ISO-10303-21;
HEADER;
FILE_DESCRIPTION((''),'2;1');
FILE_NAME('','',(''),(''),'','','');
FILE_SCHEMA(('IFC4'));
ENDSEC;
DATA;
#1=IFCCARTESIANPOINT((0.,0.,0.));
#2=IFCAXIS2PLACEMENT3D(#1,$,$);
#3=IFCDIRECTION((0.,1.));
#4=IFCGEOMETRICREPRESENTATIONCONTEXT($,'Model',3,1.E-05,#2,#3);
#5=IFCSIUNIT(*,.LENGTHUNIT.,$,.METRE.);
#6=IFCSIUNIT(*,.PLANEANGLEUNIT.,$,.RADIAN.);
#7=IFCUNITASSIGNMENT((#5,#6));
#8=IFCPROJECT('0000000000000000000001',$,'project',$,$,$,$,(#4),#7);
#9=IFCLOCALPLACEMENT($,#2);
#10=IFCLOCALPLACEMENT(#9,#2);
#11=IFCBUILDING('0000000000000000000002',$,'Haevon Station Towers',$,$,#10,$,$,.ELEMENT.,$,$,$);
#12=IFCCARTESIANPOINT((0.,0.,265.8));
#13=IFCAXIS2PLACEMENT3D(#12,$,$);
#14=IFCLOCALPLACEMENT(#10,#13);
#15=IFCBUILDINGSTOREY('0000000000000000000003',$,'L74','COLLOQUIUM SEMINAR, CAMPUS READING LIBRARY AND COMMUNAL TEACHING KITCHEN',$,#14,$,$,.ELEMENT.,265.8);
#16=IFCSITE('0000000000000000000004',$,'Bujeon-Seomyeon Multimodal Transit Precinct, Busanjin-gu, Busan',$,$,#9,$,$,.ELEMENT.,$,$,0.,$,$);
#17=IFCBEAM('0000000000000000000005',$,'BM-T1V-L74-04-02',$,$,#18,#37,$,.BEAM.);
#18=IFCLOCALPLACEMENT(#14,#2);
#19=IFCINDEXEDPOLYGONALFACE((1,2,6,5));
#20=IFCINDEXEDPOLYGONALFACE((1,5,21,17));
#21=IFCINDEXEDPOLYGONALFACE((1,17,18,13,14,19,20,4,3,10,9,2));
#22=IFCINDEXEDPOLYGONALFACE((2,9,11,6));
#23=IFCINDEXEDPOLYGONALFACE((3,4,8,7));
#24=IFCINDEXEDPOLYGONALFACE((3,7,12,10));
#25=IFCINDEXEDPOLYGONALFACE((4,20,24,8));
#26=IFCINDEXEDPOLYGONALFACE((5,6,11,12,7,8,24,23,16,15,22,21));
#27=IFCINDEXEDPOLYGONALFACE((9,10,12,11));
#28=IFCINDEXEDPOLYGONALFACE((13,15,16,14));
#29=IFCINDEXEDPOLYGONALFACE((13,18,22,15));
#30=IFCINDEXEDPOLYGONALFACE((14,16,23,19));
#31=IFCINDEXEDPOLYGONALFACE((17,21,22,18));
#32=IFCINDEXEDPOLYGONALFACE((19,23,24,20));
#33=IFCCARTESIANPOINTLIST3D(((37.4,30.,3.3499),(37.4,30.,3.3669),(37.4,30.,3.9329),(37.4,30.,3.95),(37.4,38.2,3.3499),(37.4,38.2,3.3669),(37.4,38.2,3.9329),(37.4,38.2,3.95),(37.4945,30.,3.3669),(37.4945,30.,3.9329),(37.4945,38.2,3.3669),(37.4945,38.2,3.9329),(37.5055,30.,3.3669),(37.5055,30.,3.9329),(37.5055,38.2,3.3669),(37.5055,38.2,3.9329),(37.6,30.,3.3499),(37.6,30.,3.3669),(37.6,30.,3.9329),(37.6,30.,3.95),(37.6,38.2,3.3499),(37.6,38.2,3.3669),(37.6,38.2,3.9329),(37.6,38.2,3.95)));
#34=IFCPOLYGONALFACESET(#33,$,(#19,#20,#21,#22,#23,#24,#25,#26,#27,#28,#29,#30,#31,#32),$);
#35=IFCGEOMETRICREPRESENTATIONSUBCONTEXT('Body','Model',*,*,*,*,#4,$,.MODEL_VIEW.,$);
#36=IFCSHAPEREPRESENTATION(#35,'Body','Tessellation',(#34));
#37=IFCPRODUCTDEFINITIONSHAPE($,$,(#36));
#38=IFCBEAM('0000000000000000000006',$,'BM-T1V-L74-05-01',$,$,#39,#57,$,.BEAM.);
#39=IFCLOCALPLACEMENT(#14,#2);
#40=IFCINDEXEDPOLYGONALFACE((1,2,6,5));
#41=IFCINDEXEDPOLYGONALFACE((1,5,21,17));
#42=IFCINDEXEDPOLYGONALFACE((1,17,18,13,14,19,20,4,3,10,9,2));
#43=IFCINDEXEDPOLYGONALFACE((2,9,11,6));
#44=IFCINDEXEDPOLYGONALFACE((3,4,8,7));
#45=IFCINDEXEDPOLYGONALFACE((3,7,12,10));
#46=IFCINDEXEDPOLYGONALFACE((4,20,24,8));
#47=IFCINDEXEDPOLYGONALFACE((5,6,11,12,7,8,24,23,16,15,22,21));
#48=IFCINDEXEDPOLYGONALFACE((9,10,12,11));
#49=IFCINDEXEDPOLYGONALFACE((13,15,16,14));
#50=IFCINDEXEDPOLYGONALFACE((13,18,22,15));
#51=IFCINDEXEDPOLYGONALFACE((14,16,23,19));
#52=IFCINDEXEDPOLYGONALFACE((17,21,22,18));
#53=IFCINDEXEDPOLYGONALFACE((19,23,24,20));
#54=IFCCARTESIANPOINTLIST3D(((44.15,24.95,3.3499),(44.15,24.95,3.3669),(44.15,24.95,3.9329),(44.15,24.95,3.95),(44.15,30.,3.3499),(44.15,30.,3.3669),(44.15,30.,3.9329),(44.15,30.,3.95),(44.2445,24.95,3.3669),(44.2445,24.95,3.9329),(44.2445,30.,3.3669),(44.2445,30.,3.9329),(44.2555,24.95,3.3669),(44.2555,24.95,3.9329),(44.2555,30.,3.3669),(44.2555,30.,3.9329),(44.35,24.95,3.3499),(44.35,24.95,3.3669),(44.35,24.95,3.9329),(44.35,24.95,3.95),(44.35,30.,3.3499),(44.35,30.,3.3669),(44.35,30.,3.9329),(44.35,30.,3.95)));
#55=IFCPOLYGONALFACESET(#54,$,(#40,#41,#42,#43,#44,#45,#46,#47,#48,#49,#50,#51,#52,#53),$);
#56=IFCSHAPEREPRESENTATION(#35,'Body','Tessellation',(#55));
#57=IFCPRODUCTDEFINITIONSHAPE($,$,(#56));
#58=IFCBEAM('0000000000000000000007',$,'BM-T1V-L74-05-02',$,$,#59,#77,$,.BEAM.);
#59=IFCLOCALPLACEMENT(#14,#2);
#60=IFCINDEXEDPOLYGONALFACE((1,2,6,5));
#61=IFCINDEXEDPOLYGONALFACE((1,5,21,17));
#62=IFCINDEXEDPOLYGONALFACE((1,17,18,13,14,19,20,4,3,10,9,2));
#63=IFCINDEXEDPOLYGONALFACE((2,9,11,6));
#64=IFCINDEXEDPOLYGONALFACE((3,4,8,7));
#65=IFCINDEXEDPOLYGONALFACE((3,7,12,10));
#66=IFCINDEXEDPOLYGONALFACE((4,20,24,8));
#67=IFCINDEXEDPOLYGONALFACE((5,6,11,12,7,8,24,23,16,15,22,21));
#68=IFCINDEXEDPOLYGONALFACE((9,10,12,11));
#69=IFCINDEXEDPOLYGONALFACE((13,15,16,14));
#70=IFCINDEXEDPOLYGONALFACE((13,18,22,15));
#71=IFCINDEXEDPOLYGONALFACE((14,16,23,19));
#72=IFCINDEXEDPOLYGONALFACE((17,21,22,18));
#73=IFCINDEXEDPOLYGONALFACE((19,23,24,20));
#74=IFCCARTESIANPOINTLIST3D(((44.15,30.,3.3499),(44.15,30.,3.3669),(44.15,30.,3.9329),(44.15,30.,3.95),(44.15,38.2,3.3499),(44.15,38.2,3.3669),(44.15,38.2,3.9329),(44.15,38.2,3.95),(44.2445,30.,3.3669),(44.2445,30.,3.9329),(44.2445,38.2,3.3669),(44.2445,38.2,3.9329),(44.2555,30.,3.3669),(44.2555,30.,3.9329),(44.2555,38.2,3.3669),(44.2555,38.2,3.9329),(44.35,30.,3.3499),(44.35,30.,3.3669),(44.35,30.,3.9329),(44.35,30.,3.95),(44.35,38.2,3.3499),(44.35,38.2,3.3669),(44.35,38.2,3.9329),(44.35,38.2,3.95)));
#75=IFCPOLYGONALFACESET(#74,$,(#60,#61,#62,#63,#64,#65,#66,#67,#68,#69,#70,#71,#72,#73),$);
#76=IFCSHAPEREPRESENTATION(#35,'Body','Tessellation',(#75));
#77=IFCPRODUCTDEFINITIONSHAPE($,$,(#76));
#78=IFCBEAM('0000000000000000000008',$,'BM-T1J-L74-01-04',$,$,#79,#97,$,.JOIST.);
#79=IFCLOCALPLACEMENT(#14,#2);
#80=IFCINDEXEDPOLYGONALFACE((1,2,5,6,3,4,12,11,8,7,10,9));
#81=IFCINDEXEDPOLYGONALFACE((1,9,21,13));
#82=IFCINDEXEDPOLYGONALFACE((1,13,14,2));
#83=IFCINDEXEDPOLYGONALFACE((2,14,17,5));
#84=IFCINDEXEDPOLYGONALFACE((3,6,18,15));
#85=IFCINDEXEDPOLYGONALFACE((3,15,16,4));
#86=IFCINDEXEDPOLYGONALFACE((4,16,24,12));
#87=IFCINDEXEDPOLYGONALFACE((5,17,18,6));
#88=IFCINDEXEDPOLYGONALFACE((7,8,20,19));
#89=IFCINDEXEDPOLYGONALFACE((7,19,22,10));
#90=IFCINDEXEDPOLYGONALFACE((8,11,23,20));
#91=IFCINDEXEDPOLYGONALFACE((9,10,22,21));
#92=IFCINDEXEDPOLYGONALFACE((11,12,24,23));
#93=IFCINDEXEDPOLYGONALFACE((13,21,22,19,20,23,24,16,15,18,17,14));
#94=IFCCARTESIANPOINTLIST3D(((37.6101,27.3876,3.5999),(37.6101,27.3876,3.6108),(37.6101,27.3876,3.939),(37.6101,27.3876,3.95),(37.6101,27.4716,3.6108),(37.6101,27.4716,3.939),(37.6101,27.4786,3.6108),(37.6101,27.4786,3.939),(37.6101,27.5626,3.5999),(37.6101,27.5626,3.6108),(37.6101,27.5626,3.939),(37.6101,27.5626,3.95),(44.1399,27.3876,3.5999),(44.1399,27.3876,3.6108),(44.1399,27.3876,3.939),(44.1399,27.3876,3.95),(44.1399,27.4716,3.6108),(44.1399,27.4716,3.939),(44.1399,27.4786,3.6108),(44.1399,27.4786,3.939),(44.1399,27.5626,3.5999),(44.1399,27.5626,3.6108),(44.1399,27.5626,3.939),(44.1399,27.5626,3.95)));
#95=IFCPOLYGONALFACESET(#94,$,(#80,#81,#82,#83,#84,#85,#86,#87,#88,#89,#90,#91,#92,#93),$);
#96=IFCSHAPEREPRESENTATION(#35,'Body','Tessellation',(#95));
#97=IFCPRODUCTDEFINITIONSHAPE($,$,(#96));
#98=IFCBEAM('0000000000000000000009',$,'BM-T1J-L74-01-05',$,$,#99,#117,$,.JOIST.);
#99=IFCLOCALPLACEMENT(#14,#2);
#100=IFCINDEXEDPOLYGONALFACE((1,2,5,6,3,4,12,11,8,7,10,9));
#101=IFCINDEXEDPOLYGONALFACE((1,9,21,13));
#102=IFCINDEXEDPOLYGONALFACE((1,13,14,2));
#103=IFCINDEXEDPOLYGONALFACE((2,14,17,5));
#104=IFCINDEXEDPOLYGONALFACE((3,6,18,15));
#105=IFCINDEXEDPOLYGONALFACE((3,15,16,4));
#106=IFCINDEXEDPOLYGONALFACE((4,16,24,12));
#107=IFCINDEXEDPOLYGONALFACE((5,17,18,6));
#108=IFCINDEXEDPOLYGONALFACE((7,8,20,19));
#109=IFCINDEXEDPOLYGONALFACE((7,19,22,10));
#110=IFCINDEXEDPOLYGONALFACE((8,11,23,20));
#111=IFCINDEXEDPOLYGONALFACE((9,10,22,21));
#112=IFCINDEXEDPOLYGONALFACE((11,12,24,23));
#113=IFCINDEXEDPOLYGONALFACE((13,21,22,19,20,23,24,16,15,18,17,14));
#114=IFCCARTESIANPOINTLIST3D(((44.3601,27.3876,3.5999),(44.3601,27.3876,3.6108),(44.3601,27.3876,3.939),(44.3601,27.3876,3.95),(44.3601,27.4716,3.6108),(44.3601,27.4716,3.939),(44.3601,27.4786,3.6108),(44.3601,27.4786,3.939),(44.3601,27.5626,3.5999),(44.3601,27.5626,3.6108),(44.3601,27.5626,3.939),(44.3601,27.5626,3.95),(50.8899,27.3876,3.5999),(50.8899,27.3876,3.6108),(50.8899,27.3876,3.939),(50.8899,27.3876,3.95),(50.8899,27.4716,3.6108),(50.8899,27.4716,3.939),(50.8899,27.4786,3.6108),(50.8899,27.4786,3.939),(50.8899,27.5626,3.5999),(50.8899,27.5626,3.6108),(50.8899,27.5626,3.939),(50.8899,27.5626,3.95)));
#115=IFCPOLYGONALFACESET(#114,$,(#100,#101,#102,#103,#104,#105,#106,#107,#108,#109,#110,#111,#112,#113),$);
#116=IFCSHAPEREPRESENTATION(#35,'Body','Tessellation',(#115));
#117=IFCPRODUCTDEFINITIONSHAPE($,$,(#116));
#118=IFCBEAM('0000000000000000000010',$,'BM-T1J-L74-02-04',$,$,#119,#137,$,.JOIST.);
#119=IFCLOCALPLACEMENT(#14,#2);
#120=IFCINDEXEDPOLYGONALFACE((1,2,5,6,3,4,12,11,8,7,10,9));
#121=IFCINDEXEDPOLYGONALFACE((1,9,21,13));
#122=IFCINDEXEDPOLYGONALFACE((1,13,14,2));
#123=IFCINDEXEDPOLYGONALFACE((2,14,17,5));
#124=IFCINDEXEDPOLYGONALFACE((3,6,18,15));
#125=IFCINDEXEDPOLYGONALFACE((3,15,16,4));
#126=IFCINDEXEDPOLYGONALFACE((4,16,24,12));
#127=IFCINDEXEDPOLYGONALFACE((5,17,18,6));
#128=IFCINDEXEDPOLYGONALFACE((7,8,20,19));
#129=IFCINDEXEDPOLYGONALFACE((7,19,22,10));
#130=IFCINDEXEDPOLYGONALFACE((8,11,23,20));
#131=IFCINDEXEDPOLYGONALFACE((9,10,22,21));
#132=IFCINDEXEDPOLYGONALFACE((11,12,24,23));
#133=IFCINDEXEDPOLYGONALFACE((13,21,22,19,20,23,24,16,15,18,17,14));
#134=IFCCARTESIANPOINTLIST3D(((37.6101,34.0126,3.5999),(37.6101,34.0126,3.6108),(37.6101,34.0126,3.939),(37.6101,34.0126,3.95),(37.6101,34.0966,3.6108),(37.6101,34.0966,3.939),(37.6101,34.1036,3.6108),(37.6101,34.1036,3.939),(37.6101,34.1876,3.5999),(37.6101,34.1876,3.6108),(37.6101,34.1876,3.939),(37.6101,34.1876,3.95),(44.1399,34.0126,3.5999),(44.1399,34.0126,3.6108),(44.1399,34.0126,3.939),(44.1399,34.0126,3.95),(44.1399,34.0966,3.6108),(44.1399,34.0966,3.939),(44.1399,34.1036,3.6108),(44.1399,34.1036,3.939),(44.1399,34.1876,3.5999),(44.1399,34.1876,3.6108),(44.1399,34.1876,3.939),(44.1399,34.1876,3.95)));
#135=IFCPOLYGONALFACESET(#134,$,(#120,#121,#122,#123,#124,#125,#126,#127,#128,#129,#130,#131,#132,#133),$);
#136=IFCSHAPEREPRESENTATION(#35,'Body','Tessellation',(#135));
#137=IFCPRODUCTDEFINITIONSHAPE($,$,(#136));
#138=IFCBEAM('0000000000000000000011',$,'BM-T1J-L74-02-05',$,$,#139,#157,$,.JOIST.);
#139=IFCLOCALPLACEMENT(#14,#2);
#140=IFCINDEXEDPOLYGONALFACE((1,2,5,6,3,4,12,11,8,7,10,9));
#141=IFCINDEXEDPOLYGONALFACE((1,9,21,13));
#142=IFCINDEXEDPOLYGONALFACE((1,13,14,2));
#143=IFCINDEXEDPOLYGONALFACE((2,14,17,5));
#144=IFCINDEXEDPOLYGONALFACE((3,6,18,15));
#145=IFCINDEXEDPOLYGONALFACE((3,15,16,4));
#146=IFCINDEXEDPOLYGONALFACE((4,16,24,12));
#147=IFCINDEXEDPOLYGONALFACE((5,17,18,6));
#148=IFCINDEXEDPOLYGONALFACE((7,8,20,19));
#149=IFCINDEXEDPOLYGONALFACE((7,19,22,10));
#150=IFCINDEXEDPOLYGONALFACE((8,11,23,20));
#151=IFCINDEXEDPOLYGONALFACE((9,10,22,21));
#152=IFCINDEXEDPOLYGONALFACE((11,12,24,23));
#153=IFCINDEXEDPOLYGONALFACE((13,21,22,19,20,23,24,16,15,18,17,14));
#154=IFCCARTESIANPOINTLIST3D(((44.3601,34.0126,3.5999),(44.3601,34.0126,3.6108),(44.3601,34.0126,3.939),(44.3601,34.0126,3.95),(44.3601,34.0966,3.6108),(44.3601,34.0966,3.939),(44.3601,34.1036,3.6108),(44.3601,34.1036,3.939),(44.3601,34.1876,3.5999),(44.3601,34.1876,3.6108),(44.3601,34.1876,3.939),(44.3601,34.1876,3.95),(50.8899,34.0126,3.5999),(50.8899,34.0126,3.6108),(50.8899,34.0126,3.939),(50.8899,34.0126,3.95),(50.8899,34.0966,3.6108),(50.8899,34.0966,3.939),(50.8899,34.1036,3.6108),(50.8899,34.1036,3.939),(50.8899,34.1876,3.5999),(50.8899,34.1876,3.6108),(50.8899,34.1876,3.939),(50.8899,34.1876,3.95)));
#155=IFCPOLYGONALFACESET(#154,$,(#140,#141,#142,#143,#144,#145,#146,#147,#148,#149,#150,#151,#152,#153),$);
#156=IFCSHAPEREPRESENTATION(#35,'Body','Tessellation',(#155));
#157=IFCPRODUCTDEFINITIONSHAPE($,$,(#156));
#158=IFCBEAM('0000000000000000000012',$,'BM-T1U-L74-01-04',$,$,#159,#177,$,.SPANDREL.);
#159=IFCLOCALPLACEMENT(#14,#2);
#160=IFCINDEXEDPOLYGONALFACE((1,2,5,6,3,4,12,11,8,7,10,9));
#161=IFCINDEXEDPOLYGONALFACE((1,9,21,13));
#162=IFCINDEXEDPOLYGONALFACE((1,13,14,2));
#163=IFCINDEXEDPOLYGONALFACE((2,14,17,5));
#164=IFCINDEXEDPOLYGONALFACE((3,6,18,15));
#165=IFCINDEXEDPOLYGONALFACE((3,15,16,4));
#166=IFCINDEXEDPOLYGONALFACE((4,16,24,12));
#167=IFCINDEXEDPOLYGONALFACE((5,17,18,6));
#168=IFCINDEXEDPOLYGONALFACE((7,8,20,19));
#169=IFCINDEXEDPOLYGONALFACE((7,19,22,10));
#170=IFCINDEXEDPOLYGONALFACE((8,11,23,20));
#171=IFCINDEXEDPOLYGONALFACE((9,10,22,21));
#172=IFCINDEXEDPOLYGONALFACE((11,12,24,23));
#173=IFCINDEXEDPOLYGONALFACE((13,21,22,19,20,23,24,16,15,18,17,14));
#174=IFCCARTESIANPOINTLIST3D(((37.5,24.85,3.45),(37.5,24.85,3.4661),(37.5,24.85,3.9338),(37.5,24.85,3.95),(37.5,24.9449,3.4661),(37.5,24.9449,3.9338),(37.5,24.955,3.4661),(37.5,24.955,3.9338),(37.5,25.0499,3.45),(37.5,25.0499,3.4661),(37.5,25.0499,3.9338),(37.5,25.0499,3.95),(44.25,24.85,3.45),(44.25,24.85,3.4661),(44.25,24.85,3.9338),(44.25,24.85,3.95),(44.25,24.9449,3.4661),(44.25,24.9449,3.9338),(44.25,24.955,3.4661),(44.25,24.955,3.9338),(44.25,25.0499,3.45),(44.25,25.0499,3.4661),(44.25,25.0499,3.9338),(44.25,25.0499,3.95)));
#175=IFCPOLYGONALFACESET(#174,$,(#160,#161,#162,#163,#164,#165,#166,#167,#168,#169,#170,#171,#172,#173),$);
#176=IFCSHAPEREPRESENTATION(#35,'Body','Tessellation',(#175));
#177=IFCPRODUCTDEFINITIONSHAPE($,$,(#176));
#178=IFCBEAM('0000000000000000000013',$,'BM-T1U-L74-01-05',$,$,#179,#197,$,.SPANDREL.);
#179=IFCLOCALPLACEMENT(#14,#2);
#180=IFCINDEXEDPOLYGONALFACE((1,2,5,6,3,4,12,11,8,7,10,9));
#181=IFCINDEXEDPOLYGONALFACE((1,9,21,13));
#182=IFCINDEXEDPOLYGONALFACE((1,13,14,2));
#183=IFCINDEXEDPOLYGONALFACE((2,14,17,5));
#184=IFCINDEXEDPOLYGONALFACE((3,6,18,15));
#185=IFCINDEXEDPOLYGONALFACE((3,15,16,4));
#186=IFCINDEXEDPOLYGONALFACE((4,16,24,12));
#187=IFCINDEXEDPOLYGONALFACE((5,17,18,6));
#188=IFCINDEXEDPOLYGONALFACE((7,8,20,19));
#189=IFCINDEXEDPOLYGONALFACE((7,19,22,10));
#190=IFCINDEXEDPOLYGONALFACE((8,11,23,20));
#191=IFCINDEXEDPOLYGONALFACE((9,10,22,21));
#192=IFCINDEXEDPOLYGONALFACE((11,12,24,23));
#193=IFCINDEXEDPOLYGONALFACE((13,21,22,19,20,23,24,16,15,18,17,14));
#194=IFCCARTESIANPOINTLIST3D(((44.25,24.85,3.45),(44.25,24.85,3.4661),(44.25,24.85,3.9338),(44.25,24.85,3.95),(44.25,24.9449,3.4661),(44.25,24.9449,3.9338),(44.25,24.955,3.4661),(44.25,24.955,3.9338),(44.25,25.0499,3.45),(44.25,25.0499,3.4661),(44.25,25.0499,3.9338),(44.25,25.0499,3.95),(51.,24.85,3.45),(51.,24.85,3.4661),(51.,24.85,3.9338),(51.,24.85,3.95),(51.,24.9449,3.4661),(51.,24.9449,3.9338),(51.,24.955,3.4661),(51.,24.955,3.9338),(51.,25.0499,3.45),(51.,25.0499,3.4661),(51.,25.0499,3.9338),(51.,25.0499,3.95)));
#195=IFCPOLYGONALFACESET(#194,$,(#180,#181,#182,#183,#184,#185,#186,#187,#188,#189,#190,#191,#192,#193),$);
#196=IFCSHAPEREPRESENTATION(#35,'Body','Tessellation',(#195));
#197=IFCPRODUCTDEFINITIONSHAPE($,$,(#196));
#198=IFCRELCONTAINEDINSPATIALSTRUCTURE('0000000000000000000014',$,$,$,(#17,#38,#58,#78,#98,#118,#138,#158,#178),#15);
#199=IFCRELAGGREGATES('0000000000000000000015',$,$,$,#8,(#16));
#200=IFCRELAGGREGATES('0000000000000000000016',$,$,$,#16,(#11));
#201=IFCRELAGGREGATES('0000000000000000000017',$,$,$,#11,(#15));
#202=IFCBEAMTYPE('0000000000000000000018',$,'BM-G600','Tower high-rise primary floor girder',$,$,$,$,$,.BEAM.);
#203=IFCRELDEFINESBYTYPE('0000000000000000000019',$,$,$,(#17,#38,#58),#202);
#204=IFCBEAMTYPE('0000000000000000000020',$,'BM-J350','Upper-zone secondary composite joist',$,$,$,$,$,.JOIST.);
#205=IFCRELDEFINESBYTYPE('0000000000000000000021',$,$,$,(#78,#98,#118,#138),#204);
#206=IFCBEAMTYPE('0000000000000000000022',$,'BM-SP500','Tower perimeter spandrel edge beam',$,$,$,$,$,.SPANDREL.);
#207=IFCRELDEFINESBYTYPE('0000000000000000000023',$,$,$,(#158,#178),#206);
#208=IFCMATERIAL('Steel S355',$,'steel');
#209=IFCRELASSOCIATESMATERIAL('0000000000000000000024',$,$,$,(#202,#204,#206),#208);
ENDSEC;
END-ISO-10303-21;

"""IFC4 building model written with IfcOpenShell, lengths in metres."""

from ifc_helpers import new_model, si_unit, direction, frame, origin, origin_2d, place, context, subcontext, project, spatial, i_section, extrude, material, material_profile, profile_set, type_object, element, save


model = new_model("IFC4")

# Units and contexts
model_context = context("Model", 3, precision=1e-05, world=origin(), true_north=direction((0.0, 1.0)))
body_context = subcontext(model_context, "Body", "Model", "MODEL_VIEW")
ifc_project = project(units=[si_unit("LENGTHUNIT", "METRE"), si_unit("PLANEANGLEUNIT", "RADIAN")], contexts=[model_context])

# Site, building, storey
site_placement = place(None, origin())
site = spatial("IfcSite", under=ifc_project, at=site_placement, Name="Bujeon-Seomyeon Multimodal Transit Precinct, Busanjin-gu, Busan", CompositionType="ELEMENT", RefElevation=0.0)
building_placement = place(site_placement, origin())
building = spatial("IfcBuilding", under=site, at=building_placement, Name="Haevon Station Towers", CompositionType="ELEMENT")
storey_placement = place(building_placement, frame((0.0, 0.0, 265.8)))
storey = spatial("IfcBuildingStorey", under=building, at=storey_placement, Name="L74", Description="COLLOQUIUM SEMINAR, CAMPUS READING LIBRARY AND COMMUNAL TEACHING KITCHEN", CompositionType="ELEMENT", Elevation=265.8)

# Shared definitions
ifc_material_1 = material(Name="Steel S355", Category="steel")

# Beams
ifc_material_profile_1 = material_profile(ifc_material_1, i_section(OverallWidth=0.2, OverallDepth=0.6001, WebThickness=0.011, FlangeThickness=0.0171, at=origin_2d()), Name="H-600x200x11x17")
ifc_profile_set_1 = profile_set([ifc_material_profile_1], Name="Steel S355")
beam_type_1 = type_object("IfcBeamType", Name="BM-G600", Description="Tower high-rise primary floor girder", PredefinedType="BEAM", material=ifc_profile_set_1)
beam_1_placement = place(storey_placement, frame((37.5, 30.0, 3.6499), z_axis=(0.0, 1.0, 0.0), x_axis=(-1.0, 0.0, 0.0)))
element("IfcBeam", 1, at=beam_1_placement, inside=storey, type_object=beam_type_1, Name="BM-T1V-L74-04-02", PredefinedType="BEAM", context=body_context, shape_type="SweptSolid", body=[
    extrude(i_section(OverallWidth=0.2, OverallDepth=0.6001, WebThickness=0.011, FlangeThickness=0.0171, at=origin_2d()), origin(), (0.0, 0.0, 1.0), 8.2),
])
beam_2_placement = place(storey_placement, frame((44.25, 24.95, 3.6499), z_axis=(0.0, 1.0, 0.0), x_axis=(-1.0, 0.0, 0.0)))
element("IfcBeam", 2, at=beam_2_placement, inside=storey, type_object=beam_type_1, Name="BM-T1V-L74-05-01", PredefinedType="BEAM", context=body_context, shape_type="SweptSolid", body=[
    extrude(i_section(OverallWidth=0.2, OverallDepth=0.6001, WebThickness=0.011, FlangeThickness=0.0171, at=origin_2d()), origin(), (0.0, 0.0, 1.0), 5.05),
])
beam_3_placement = place(storey_placement, frame((44.25, 30.0, 3.6499), z_axis=(0.0, 1.0, 0.0), x_axis=(-1.0, 0.0, 0.0)))
element("IfcBeam", 3, at=beam_3_placement, inside=storey, type_object=beam_type_1, Name="BM-T1V-L74-05-02", PredefinedType="BEAM", context=body_context, shape_type="SweptSolid", body=[
    extrude(i_section(OverallWidth=0.2, OverallDepth=0.6001, WebThickness=0.011, FlangeThickness=0.0171, at=origin_2d()), origin(), (0.0, 0.0, 1.0), 8.2),
])
ifc_material_profile_2 = material_profile(ifc_material_1, i_section(OverallWidth=0.175, OverallDepth=0.3501, WebThickness=0.0071, FlangeThickness=0.011, at=origin_2d()), Name="H-350x175x7x11")
ifc_profile_set_2 = profile_set([ifc_material_profile_2], Name="Steel S355")
beam_type_2 = type_object("IfcBeamType", Name="BM-J350", Description="Upper-zone secondary composite joist", PredefinedType="JOIST", material=ifc_profile_set_2)
for number, where, z_axis, x_axis, name in (
    (4, (37.6101, 27.4751, 3.7749), (1.0, 0.0, 0.0), (0.0, 1.0, 0.0), "BM-T1J-L74-01-04"),
    (5, (44.3601, 27.4751, 3.7749), (1.0, 0.0, 0.0), (0.0, 1.0, 0.0), "BM-T1J-L74-01-05"),
    (6, (37.6101, 34.1001, 3.7749), (1.0, 0.0, 0.0), (0.0, 1.0, 0.0), "BM-T1J-L74-02-04"),
    (7, (44.3601, 34.1001, 3.7749), (1.0, 0.0, 0.0), (0.0, 1.0, 0.0), "BM-T1J-L74-02-05"),
):
    element("IfcBeam", number, at=place(storey_placement, frame(where, z_axis=z_axis, x_axis=x_axis)), inside=storey, type_object=beam_type_2, Name=name, PredefinedType="JOIST", context=body_context, shape_type="SweptSolid", body=[
        extrude(i_section(OverallWidth=0.175, OverallDepth=0.3501, WebThickness=0.0071, FlangeThickness=0.011, at=origin_2d()), origin(), (0.0, 0.0, 1.0), 6.5298),
    ])
ifc_material_profile_3 = material_profile(ifc_material_1, i_section(OverallWidth=0.2, OverallDepth=0.5, WebThickness=0.01, FlangeThickness=0.0161, at=origin_2d()), Name="H-500x200x10x16")
ifc_profile_set_3 = profile_set([ifc_material_profile_3], Name="Steel S355")
beam_type_3 = type_object("IfcBeamType", Name="BM-SP500", Description="Tower perimeter spandrel edge beam", PredefinedType="SPANDREL", material=ifc_profile_set_3)
for number, where, z_axis, x_axis, name in (
    (8, (37.5, 24.95, 3.7), (1.0, 0.0, 0.0), (0.0, 1.0, 0.0), "BM-T1U-L74-01-04"),
    (9, (44.25, 24.95, 3.7), (1.0, 0.0, 0.0), (0.0, 1.0, 0.0), "BM-T1U-L74-01-05"),
):
    element("IfcBeam", number, at=place(storey_placement, frame(where, z_axis=z_axis, x_axis=x_axis)), inside=storey, type_object=beam_type_3, Name=name, PredefinedType="SPANDREL", context=body_context, shape_type="SweptSolid", body=[
        extrude(i_section(OverallWidth=0.2, OverallDepth=0.5, WebThickness=0.01, FlangeThickness=0.0161, at=origin_2d()), origin(), (0.0, 0.0, 1.0), 6.75),
    ])

save(model, "model.ifc")
